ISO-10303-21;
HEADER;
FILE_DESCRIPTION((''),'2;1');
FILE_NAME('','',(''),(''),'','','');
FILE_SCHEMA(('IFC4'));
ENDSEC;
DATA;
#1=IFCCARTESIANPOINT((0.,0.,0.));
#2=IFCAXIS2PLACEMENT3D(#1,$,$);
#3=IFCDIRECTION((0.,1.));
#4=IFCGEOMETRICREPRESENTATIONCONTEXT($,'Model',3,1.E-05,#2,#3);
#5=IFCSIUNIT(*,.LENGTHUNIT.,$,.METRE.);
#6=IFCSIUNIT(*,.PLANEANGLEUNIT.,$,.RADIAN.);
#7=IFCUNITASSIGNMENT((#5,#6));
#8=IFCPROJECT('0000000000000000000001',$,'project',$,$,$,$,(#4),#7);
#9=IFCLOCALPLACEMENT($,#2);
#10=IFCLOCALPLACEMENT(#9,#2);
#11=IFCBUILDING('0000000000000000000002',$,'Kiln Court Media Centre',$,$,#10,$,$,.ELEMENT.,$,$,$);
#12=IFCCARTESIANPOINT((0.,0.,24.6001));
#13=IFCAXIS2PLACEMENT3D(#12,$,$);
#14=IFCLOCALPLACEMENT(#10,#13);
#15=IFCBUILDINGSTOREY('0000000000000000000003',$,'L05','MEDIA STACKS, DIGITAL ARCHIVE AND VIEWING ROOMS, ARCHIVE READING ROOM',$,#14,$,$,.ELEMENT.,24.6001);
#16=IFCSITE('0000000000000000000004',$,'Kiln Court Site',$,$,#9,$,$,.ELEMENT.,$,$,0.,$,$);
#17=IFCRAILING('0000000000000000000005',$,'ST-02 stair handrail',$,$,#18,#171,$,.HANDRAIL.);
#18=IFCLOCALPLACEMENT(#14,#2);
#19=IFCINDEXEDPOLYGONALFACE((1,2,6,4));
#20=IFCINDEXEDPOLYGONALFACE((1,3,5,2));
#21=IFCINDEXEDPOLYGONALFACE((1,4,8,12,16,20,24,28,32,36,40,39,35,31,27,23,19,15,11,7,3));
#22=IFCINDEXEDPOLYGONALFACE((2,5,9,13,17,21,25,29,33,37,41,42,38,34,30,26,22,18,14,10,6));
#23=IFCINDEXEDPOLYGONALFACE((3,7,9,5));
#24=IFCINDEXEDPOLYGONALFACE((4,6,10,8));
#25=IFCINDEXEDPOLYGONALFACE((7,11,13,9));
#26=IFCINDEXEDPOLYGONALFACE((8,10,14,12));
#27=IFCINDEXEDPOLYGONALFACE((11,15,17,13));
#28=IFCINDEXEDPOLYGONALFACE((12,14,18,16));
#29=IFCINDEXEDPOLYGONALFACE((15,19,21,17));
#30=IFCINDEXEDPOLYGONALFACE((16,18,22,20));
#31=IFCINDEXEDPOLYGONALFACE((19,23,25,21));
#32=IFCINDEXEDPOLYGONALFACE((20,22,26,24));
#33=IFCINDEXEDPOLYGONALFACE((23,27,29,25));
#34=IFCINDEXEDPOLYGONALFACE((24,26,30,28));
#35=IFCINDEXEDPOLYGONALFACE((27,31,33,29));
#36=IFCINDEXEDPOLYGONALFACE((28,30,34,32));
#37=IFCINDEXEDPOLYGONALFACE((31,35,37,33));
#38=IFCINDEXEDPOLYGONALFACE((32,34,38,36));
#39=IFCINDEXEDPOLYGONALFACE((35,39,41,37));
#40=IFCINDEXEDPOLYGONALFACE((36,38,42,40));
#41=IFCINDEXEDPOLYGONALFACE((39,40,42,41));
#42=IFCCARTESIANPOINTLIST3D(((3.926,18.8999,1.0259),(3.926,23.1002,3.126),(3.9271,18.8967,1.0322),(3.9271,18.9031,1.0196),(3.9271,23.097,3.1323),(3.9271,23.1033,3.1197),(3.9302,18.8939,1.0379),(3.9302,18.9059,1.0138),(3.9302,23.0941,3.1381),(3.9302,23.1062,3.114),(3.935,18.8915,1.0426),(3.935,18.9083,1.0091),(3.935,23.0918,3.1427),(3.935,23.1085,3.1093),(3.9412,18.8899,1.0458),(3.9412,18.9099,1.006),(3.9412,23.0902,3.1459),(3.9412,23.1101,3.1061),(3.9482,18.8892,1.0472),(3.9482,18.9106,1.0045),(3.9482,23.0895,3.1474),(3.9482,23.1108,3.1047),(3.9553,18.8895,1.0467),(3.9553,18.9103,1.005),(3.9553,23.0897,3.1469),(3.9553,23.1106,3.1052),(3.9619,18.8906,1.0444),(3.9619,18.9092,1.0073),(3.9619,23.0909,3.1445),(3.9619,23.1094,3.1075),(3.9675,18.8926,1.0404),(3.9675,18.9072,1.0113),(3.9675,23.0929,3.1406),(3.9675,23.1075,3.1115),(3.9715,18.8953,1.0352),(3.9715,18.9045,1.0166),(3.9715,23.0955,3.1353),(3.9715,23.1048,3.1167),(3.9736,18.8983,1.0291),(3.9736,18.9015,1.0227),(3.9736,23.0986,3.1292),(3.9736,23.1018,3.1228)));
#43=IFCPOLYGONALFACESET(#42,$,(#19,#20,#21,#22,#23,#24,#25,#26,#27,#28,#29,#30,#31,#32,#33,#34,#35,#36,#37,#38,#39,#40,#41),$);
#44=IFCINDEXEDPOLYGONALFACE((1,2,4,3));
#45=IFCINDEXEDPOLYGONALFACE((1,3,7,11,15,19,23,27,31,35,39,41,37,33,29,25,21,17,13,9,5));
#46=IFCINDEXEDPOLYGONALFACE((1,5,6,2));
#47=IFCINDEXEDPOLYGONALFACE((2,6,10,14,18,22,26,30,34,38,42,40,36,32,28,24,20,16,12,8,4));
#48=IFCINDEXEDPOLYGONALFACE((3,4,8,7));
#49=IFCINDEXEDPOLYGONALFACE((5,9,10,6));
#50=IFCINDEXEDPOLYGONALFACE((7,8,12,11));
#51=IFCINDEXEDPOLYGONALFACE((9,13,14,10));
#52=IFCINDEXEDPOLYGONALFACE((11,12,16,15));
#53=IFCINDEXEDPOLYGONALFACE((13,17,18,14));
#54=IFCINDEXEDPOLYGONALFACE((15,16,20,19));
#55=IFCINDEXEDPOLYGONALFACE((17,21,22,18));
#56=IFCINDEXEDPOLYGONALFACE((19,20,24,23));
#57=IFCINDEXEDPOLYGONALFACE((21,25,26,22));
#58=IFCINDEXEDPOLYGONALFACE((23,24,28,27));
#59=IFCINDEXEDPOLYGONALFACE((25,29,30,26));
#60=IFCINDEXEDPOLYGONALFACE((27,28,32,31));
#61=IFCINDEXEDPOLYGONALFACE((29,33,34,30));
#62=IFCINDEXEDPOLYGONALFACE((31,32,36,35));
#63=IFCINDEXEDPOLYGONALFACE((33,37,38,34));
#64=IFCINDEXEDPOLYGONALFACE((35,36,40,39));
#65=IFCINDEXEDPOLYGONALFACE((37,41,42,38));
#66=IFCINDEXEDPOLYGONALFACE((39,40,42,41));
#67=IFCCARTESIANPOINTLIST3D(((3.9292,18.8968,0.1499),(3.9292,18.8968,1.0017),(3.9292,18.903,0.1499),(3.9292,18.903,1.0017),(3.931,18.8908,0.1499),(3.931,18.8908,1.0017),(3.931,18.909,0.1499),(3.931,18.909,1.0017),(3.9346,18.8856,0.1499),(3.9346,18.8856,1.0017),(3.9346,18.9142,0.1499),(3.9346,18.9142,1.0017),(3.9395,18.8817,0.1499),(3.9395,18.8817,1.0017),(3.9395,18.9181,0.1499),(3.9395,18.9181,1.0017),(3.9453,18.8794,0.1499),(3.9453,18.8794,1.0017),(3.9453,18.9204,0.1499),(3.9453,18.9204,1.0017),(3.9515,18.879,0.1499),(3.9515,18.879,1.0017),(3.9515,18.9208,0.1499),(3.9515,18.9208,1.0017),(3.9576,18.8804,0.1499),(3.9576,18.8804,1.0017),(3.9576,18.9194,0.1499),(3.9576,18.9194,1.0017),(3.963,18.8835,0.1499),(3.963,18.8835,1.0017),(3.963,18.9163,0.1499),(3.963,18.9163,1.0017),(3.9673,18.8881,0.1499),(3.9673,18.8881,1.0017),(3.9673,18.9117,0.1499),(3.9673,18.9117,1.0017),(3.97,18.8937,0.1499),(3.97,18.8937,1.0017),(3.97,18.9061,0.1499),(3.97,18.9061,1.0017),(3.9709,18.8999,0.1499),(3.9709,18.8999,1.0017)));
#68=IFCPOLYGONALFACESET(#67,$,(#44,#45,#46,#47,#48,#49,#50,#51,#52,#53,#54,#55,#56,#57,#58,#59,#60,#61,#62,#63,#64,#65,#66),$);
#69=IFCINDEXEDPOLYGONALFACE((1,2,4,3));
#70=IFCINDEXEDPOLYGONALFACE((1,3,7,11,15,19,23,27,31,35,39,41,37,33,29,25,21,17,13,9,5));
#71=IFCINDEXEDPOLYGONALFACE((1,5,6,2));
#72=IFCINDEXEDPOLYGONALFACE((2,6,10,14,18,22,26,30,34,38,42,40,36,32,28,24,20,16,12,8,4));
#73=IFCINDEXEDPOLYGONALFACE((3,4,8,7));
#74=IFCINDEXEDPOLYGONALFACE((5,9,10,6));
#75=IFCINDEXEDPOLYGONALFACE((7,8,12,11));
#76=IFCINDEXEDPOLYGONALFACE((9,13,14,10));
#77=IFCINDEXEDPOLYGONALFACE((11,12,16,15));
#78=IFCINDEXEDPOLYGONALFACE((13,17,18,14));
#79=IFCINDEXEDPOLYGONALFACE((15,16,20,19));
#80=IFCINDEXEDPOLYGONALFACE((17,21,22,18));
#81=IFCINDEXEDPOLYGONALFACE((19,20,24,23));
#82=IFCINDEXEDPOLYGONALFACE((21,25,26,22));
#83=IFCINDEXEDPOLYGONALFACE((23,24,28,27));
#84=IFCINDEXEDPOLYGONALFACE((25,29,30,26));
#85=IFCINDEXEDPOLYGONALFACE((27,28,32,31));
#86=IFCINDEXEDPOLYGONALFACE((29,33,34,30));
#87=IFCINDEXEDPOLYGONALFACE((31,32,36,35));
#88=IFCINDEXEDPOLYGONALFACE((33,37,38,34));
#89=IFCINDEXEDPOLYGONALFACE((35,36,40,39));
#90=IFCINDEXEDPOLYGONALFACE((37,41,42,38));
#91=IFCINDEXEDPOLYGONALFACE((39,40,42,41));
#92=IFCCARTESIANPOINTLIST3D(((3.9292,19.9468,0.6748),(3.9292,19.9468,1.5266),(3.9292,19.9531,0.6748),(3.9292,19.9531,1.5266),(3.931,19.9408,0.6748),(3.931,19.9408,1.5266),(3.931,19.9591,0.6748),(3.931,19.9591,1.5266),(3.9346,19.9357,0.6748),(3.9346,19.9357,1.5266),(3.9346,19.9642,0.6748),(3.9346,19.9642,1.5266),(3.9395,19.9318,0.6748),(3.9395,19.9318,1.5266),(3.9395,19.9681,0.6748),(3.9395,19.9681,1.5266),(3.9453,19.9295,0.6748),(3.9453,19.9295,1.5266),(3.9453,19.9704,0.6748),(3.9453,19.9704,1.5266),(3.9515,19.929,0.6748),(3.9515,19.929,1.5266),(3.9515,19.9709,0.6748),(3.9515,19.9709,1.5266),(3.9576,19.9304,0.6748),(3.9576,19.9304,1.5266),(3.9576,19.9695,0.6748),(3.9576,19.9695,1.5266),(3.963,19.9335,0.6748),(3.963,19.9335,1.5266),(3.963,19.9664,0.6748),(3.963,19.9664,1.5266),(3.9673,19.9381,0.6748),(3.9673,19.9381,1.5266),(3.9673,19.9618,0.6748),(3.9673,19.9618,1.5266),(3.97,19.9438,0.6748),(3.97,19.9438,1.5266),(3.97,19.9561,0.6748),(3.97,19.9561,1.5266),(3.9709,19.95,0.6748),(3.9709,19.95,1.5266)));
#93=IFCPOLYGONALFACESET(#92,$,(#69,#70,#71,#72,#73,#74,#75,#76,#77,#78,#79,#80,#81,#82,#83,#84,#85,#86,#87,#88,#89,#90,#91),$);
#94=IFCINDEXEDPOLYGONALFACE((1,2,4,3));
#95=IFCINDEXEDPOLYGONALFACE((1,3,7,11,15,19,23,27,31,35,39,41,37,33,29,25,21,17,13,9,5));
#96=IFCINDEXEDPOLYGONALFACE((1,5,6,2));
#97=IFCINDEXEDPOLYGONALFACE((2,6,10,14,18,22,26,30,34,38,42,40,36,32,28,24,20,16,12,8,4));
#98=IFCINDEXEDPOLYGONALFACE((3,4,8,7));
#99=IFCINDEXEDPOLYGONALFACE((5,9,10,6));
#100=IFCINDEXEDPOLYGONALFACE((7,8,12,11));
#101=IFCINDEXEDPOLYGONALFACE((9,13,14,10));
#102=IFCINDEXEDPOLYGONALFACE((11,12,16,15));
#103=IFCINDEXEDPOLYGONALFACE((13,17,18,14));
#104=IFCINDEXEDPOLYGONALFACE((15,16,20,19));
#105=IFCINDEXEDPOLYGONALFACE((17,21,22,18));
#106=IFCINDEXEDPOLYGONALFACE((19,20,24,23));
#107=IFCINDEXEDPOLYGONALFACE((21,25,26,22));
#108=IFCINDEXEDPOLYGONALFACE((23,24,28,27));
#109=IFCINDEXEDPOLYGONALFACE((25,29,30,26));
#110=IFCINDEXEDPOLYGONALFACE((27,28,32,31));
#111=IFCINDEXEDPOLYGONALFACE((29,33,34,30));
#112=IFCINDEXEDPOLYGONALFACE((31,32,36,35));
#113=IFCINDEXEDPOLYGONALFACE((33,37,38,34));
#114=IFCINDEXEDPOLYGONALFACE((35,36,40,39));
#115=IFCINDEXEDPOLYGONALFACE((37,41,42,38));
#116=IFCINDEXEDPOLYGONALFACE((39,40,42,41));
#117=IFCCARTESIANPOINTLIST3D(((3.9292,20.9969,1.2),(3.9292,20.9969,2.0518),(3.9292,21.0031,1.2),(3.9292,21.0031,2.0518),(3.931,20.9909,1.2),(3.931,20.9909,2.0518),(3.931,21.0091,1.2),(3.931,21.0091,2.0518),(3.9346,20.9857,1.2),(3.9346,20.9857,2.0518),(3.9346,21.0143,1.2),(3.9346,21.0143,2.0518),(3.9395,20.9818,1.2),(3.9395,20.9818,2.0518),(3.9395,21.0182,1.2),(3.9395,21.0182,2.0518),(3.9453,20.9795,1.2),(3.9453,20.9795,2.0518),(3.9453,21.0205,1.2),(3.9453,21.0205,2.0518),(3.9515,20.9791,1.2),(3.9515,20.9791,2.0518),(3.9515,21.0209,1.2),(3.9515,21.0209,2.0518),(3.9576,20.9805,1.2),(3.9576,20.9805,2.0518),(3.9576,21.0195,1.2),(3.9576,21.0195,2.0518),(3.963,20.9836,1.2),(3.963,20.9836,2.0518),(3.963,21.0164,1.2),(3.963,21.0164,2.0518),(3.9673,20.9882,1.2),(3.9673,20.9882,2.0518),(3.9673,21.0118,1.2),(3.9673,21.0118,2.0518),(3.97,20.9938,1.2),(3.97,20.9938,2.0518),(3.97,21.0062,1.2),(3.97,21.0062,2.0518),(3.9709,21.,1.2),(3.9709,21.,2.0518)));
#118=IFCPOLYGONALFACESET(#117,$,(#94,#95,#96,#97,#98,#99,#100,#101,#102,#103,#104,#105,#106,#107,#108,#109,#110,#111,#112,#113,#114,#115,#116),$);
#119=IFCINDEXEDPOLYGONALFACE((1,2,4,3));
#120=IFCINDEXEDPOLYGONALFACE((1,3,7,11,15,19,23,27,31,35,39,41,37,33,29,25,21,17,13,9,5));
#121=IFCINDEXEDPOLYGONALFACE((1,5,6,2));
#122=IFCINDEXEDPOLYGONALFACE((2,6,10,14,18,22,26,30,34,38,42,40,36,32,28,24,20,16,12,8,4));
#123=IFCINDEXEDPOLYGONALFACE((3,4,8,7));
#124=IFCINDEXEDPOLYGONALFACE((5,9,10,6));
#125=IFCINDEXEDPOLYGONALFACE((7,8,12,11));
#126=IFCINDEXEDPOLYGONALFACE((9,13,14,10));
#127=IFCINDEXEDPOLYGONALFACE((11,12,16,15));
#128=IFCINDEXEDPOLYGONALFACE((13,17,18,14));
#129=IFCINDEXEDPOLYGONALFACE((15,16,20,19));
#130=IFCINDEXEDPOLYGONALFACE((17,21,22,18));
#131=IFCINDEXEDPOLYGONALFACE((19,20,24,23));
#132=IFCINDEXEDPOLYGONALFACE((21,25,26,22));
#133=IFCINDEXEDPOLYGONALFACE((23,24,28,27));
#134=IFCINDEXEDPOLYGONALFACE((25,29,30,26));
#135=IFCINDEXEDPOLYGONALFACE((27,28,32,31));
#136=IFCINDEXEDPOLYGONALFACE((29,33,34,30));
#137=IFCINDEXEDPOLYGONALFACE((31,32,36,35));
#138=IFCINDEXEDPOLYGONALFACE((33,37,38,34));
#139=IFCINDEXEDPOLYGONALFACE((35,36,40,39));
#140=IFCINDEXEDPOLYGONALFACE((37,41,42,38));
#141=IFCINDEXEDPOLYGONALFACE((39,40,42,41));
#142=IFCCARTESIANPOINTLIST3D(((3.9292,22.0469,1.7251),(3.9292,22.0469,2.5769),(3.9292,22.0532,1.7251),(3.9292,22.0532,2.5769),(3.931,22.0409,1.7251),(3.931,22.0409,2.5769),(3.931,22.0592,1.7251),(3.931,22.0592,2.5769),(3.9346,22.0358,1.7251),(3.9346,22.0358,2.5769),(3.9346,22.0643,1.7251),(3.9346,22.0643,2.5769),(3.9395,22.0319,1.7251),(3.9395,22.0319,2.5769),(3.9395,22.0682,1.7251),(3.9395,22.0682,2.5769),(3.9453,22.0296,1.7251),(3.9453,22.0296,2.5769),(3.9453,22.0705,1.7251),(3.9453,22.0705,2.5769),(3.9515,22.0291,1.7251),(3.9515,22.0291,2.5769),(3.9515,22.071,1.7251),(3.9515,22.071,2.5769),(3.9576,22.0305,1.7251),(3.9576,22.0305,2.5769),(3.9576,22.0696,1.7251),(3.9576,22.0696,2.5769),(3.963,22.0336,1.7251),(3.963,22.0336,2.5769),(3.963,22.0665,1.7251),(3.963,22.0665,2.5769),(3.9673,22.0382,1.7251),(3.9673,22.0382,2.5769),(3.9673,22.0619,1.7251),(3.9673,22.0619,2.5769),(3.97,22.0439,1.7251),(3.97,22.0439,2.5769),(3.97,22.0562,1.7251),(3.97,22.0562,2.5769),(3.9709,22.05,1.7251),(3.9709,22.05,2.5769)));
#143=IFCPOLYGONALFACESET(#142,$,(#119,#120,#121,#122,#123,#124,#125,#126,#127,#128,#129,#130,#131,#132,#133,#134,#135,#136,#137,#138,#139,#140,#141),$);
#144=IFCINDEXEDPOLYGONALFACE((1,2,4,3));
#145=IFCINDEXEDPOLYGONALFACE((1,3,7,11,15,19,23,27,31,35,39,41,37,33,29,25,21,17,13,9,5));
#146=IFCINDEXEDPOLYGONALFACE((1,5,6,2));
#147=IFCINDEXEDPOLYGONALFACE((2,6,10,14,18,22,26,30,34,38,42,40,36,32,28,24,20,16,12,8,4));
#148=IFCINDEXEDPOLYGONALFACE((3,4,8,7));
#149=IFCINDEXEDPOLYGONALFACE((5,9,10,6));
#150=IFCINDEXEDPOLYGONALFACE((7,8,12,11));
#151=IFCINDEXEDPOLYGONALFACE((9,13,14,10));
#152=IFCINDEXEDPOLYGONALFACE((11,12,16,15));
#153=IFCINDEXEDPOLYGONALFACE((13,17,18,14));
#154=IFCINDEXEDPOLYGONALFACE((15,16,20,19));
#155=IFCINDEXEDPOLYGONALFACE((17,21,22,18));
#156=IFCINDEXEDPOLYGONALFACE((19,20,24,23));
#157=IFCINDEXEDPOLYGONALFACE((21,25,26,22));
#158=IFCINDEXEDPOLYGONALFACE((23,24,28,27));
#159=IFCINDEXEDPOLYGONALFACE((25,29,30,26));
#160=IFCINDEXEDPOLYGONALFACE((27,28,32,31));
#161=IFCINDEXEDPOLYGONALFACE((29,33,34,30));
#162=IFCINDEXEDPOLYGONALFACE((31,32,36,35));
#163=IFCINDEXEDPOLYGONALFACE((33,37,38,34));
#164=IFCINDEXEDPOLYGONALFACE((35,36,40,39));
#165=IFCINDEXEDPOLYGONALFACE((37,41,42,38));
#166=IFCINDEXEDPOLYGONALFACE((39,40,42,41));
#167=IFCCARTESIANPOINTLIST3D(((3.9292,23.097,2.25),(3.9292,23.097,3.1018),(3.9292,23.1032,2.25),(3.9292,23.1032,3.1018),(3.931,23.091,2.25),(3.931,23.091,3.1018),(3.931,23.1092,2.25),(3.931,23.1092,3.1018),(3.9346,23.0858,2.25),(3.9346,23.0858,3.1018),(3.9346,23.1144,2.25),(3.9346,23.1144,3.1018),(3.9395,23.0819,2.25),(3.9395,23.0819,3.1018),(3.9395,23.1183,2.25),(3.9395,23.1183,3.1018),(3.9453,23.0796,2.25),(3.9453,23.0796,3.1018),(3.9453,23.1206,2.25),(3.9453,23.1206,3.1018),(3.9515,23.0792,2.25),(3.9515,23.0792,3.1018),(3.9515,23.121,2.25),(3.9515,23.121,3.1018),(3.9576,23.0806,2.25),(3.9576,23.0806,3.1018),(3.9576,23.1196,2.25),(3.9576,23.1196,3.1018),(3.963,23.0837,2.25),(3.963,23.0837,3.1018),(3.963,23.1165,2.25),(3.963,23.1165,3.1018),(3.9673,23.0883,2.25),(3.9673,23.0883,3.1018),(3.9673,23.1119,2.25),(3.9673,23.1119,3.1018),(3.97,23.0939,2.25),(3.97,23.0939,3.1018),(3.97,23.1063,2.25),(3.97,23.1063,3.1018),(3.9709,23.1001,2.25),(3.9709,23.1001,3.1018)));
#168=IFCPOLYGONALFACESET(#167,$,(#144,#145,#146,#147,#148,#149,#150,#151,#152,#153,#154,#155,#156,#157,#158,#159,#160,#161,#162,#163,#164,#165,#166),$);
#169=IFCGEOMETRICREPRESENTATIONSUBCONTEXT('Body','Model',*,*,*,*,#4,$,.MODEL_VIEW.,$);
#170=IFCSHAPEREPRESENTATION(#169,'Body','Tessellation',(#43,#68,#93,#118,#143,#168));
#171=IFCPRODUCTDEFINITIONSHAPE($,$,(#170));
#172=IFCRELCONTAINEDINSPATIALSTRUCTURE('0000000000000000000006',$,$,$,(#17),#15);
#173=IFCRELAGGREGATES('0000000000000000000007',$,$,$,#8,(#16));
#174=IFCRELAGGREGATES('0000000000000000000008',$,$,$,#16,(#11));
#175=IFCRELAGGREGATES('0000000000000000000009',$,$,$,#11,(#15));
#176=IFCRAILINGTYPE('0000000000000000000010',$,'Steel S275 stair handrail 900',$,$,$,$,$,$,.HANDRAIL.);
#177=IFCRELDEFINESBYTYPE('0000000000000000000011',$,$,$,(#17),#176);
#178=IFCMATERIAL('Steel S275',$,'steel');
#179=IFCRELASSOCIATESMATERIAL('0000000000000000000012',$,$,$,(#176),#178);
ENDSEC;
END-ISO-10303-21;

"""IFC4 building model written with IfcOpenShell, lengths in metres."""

from ifc_helpers import new_model, si_unit, direction, frame, origin, origin_2d, place, context, subcontext, project, spatial, circle, extrude, material, type_object, element, save


model = new_model("IFC4")

# Units and contexts
model_context = context("Model", 3, precision=1e-05, world=origin(), true_north=direction((0.0, 1.0)))
body_context = subcontext(model_context, "Body", "Model", "MODEL_VIEW")
ifc_project = project(units=[si_unit("LENGTHUNIT", "METRE"), si_unit("PLANEANGLEUNIT", "RADIAN")], contexts=[model_context])

# Site, building, storey
site_placement = place(None, origin())
site = spatial("IfcSite", under=ifc_project, at=site_placement, Name="Kiln Court Site", CompositionType="ELEMENT", RefElevation=0.0)
building_placement = place(site_placement, origin())
building = spatial("IfcBuilding", under=site, at=building_placement, Name="Kiln Court Media Centre", CompositionType="ELEMENT")
storey_placement = place(building_placement, frame((0.0, 0.0, 24.6001)))
storey = spatial("IfcBuildingStorey", under=building, at=storey_placement, Name="L05", Description="MEDIA STACKS, DIGITAL ARCHIVE AND VIEWING ROOMS, ARCHIVE READING ROOM", CompositionType="ELEMENT", Elevation=24.6001)

# Railing
ifc_material_1 = material(Name="Steel S275", Category="steel")
railing_type_1 = type_object("IfcRailingType", Name="Steel S275 stair handrail 900", PredefinedType="HANDRAIL", material=ifc_material_1)
railing_1_placement = place(storey_placement, frame((3.95, 18.8999, 0.1499)))
element("IfcRailing", 1, at=railing_1_placement, inside=storey, type_object=railing_type_1, Name="ST-02 stair handrail", PredefinedType="HANDRAIL", context=body_context, shape_type="SweptSolid", body=[
    extrude(circle(Radius=0.0239, at=origin_2d()), frame((0.0, 0.0, 0.876), z_axis=(0.0, 0.894427, 0.447214), x_axis=(-1.0, 0.0, 0.0)), (0.0, 0.0, 1.0), 4.696),
    extrude(circle(Radius=0.021, at=origin_2d()), origin(), (0.0, 0.0, 1.0), 0.8518),
    extrude(circle(Radius=0.021, at=origin_2d()), frame((0.0, 1.05, 0.5249)), (0.0, 0.0, 1.0), 0.8518),
    extrude(circle(Radius=0.021, at=origin_2d()), frame((0.0, 2.1001, 1.05)), (0.0, 0.0, 1.0), 0.8518),
    extrude(circle(Radius=0.021, at=origin_2d()), frame((0.0, 3.1501, 1.5752)), (0.0, 0.0, 1.0), 0.8518),
    extrude(circle(Radius=0.021, at=origin_2d()), frame((0.0, 4.2002, 2.1001)), (0.0, 0.0, 1.0), 0.8518),
])

save(model, "model.ifc")
